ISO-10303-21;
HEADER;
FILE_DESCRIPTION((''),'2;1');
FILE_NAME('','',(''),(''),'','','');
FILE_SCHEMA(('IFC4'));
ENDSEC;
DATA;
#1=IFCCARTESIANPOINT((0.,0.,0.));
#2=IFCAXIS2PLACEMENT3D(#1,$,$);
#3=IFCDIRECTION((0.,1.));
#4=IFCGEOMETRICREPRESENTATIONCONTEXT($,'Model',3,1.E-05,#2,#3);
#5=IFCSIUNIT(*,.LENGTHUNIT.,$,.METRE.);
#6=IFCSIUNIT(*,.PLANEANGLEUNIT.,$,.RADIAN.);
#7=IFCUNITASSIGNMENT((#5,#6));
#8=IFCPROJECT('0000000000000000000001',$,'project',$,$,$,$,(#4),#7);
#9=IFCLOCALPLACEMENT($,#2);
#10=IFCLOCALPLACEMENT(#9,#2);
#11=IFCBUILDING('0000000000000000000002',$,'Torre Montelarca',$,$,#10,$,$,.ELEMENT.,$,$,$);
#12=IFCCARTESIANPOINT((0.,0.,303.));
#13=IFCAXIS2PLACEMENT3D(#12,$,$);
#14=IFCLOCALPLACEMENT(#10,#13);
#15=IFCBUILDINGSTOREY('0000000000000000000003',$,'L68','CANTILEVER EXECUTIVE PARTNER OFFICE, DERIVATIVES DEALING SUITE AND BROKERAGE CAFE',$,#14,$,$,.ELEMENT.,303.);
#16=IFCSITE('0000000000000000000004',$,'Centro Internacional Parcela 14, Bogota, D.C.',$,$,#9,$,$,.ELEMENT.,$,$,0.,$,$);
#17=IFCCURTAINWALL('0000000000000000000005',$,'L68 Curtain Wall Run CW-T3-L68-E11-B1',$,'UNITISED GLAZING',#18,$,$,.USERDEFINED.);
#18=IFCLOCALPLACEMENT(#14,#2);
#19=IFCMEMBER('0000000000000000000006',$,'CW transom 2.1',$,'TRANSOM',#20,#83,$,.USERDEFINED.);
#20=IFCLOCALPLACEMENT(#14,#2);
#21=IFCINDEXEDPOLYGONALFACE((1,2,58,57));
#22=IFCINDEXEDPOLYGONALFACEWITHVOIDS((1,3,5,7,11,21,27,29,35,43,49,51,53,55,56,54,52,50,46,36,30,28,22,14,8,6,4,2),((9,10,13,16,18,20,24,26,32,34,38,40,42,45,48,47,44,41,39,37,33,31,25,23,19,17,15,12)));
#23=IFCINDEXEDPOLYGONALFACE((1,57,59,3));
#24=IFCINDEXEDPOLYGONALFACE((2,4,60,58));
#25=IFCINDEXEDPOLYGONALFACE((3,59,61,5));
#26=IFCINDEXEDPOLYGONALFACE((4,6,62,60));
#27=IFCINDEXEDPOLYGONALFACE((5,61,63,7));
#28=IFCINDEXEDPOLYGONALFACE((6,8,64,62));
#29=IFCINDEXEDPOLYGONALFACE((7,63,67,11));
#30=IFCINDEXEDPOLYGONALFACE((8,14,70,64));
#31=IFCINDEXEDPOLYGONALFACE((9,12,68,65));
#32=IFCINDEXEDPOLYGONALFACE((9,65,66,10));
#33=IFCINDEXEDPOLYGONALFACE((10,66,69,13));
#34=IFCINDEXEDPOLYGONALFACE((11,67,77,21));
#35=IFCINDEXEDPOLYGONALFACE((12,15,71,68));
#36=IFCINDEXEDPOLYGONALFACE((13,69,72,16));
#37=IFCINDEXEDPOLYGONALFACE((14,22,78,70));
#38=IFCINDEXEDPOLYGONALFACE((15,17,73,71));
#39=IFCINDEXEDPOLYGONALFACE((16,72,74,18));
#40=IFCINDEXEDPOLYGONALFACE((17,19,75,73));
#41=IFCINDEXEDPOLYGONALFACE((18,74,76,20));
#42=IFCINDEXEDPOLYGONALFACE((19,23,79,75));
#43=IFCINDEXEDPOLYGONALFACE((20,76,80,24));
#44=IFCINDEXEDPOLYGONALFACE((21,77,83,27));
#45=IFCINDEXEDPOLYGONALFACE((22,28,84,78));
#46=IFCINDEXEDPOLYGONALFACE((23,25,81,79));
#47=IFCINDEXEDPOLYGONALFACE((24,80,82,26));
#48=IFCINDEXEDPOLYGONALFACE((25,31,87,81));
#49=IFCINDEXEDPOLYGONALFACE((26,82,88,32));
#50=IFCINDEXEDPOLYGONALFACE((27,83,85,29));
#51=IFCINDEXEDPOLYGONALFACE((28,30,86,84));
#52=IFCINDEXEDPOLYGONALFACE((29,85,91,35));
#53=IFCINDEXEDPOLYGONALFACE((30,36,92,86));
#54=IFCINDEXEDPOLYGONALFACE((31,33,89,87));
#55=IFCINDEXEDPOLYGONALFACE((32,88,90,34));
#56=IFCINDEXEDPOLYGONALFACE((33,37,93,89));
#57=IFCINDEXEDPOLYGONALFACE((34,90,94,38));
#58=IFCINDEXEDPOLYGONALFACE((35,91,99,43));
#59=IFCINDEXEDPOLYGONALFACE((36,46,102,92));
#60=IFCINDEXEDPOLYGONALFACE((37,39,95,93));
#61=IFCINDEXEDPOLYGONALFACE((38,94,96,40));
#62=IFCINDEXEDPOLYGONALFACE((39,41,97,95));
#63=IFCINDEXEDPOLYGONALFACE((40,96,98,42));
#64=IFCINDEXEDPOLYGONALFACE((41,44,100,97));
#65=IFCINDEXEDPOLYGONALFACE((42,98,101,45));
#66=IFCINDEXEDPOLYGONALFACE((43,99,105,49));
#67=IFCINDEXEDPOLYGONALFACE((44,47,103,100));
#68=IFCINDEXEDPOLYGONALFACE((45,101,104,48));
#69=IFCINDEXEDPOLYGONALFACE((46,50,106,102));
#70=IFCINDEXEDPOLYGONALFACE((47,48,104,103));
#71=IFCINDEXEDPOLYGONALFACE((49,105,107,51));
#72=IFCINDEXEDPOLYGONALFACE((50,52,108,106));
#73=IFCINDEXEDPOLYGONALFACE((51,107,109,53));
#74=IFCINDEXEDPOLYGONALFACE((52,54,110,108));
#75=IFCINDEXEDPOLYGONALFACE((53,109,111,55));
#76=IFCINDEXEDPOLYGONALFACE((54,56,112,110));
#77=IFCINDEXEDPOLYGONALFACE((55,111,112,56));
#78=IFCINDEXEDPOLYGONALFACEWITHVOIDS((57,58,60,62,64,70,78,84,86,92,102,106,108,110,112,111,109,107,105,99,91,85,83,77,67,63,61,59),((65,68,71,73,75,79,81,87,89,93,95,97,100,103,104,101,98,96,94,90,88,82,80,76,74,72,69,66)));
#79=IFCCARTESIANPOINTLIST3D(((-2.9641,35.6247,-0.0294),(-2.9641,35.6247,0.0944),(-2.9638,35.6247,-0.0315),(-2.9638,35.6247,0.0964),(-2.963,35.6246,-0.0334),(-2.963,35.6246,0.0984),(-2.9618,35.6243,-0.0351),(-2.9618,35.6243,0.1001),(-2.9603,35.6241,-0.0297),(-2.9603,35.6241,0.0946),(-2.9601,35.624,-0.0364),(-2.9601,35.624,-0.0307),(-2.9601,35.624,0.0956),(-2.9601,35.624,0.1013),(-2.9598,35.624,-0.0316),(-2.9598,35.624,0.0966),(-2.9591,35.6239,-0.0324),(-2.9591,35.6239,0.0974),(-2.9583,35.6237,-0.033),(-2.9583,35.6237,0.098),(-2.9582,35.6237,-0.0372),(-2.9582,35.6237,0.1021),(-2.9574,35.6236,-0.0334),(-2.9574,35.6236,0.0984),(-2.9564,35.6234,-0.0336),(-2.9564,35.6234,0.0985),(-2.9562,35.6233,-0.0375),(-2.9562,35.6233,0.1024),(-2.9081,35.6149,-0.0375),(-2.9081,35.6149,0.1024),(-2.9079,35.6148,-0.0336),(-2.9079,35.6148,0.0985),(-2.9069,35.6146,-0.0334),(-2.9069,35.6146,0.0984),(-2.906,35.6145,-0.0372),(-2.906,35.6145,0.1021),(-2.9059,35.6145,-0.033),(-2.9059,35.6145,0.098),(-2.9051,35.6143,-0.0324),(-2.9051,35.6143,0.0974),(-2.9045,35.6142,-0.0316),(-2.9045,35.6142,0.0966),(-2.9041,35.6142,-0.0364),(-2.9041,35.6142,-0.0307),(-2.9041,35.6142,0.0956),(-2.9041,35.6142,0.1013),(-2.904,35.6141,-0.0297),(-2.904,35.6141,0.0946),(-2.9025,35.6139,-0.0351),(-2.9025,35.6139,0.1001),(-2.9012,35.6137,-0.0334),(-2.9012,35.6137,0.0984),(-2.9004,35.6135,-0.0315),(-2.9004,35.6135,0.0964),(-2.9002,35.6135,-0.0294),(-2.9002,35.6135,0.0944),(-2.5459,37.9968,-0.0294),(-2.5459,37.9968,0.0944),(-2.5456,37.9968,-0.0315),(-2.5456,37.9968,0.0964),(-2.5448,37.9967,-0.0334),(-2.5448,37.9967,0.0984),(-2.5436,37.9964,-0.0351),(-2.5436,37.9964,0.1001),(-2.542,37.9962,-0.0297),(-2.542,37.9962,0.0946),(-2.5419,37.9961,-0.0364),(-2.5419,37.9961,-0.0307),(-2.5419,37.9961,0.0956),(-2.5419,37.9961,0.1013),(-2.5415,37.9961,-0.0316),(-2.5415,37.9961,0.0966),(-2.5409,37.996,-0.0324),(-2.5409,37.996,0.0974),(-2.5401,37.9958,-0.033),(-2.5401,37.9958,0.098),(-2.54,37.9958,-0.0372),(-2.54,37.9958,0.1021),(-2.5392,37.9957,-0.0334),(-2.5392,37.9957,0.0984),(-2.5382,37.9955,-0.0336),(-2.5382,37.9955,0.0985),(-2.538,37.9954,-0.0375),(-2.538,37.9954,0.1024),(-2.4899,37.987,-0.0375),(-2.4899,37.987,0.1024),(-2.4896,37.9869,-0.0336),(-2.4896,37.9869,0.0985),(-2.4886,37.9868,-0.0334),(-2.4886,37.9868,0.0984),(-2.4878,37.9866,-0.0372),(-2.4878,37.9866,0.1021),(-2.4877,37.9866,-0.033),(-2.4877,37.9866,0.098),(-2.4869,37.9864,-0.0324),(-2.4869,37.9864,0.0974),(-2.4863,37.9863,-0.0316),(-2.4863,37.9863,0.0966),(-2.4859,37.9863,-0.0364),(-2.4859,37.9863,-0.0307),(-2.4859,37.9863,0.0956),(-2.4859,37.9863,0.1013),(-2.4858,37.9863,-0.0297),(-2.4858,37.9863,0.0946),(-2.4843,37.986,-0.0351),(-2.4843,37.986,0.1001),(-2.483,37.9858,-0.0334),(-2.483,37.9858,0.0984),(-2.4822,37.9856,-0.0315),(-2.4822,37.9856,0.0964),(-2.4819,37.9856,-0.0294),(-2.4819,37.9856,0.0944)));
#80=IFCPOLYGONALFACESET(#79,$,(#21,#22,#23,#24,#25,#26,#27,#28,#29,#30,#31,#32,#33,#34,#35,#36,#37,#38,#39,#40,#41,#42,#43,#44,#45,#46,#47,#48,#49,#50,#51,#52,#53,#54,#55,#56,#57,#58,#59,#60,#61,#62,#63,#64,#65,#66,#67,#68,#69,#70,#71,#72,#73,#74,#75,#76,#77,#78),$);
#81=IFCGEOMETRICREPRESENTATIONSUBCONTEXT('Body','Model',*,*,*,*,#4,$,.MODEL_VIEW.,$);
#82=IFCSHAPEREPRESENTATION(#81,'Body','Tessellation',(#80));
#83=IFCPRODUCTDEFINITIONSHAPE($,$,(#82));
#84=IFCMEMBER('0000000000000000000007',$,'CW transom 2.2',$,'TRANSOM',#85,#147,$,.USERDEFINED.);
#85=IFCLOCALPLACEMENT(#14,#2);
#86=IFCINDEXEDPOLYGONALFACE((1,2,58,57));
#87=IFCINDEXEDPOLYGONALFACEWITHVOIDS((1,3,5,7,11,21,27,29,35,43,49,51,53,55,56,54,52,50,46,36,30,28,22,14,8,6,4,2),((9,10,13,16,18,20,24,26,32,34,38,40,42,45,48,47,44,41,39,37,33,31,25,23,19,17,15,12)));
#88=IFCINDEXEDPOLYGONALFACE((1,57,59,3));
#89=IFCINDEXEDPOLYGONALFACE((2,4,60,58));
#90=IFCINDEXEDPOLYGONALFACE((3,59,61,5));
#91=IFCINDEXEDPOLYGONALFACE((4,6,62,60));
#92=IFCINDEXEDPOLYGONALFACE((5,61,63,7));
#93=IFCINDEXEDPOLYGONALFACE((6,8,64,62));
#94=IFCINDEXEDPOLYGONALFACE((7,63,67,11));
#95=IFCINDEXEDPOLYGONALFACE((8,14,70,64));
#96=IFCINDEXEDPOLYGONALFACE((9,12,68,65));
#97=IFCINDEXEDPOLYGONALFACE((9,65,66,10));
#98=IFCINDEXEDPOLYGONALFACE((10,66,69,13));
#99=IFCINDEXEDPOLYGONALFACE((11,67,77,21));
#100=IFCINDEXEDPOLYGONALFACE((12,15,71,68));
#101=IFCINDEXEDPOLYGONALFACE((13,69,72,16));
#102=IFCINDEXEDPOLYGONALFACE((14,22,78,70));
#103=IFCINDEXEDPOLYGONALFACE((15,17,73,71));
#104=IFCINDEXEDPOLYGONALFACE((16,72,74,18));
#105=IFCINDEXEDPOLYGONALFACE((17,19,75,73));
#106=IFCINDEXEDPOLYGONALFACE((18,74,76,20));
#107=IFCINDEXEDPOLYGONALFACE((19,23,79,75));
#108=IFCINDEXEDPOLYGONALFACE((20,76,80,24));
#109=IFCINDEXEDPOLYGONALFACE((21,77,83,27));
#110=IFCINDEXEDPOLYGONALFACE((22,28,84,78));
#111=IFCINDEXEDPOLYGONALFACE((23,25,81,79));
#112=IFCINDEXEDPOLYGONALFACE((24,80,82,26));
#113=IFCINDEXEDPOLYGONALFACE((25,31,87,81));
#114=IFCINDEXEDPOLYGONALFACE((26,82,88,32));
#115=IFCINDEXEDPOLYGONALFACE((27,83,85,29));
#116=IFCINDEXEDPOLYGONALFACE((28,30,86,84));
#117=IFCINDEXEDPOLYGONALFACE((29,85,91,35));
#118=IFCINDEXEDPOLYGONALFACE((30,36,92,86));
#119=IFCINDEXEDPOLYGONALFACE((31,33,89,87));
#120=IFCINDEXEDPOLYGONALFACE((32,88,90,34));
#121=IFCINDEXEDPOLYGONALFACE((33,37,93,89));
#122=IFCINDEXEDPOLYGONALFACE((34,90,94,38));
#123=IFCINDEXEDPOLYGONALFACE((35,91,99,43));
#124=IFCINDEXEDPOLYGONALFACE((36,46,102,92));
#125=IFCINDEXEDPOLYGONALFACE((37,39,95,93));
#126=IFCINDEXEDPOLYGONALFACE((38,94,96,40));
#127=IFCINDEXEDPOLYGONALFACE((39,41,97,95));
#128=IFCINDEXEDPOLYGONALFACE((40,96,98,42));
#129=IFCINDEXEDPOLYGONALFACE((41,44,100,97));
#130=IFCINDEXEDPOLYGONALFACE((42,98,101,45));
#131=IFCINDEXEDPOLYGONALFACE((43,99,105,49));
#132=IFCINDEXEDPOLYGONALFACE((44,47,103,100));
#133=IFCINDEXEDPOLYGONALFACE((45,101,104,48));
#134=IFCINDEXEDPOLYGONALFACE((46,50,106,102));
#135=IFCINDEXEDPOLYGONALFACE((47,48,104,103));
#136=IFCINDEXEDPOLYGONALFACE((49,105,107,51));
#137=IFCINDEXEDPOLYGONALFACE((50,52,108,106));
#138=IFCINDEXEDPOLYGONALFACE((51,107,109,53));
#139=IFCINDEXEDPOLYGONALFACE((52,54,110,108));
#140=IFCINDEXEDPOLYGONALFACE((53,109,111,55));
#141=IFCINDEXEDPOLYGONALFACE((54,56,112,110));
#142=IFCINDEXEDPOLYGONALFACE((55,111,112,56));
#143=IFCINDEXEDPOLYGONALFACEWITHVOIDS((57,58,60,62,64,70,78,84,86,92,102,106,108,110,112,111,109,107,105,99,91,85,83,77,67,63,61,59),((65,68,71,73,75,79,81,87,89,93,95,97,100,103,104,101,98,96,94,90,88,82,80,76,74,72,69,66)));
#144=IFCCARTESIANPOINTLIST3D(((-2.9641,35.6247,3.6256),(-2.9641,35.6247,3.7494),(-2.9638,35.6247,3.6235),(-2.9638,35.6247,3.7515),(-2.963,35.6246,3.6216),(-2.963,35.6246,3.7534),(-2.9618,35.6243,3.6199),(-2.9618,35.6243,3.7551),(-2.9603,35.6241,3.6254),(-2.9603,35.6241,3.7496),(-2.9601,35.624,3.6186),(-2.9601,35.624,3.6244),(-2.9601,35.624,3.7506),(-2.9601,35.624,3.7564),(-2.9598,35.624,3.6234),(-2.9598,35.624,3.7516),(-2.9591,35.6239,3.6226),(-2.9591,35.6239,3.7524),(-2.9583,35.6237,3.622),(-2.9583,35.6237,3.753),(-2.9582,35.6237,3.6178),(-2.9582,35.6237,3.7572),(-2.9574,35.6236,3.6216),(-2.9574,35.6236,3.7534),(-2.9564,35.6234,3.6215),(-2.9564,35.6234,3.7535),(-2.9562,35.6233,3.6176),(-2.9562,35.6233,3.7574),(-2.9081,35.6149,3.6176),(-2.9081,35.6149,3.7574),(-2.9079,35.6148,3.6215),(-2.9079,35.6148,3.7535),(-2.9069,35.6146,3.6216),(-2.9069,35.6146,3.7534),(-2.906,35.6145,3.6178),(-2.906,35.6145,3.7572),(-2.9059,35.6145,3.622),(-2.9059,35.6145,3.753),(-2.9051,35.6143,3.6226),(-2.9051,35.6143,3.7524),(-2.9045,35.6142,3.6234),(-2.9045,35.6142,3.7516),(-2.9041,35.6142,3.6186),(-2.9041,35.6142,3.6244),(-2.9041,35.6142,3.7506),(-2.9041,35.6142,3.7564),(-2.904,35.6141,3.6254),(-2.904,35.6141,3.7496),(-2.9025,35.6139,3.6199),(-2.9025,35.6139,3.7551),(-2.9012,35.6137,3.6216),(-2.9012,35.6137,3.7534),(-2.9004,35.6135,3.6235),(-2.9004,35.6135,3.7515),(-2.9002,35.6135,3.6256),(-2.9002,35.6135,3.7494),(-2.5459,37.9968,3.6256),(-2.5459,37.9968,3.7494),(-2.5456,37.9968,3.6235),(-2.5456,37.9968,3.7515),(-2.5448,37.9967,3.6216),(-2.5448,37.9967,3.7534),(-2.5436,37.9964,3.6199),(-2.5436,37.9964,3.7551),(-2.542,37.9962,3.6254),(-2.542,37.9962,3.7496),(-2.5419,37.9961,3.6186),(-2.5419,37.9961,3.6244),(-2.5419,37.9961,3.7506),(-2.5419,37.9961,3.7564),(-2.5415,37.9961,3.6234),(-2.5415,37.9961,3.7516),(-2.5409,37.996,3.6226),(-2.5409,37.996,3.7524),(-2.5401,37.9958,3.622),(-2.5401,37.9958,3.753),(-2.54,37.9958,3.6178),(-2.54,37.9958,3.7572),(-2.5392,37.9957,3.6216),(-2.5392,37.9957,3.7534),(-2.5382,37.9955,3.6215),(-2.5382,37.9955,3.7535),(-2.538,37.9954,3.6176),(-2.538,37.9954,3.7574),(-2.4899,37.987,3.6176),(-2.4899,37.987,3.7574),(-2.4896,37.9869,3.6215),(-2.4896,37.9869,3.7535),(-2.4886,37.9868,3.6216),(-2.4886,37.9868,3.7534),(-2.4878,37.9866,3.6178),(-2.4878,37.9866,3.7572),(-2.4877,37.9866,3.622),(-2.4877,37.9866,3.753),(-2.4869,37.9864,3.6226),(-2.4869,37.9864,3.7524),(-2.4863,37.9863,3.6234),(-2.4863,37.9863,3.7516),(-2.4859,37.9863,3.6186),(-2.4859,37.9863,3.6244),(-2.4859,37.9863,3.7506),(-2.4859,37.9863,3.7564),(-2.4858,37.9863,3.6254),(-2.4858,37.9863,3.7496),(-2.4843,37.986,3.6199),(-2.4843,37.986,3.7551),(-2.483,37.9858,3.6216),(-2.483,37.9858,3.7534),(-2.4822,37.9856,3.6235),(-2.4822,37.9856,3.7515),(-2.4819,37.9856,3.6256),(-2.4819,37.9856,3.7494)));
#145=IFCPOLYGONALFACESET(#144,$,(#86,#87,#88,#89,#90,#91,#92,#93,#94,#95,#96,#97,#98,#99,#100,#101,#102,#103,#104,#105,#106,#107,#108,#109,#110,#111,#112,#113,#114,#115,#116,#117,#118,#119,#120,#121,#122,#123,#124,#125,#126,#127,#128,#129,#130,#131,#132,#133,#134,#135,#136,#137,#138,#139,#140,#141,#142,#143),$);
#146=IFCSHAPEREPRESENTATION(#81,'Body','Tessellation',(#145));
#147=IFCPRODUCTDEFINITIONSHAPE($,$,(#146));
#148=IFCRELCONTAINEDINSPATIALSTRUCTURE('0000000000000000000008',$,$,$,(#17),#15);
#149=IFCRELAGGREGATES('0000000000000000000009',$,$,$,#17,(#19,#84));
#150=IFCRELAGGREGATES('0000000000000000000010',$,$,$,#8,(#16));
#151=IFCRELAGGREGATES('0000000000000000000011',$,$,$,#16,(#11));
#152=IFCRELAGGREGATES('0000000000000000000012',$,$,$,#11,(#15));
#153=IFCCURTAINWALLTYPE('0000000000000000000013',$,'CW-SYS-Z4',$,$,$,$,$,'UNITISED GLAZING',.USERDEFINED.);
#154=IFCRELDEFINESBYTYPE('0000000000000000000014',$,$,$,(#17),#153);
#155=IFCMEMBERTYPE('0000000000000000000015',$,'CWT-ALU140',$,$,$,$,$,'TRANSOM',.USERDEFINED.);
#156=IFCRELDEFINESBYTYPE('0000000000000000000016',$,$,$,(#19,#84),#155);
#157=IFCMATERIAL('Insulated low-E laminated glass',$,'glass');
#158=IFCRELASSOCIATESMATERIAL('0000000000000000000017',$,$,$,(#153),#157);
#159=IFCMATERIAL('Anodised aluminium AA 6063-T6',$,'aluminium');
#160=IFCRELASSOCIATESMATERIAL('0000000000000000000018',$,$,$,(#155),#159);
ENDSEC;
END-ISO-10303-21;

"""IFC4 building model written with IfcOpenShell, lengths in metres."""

from ifc_helpers import new_model, si_unit, direction, frame, origin, origin_2d, place, context, subcontext, project, spatial, hollow_rectangle, extrude, source, transform, mapped, material, material_profile, profile_set, type_object, element, aggregate, save


model = new_model("IFC4")

# Units and contexts
model_context = context("Model", 3, precision=1e-05, world=origin(), true_north=direction((0.0, 1.0)))
body_context = subcontext(model_context, "Body", "Model", "MODEL_VIEW")
ifc_project = project(units=[si_unit("LENGTHUNIT", "METRE"), si_unit("PLANEANGLEUNIT", "RADIAN")], contexts=[model_context])

# Site, building, storey
site_placement = place(None, origin())
site = spatial("IfcSite", under=ifc_project, at=site_placement, Name="Centro Internacional Parcela 14, Bogota, D.C.", CompositionType="ELEMENT", RefElevation=0.0)
building_placement = place(site_placement, origin())
building = spatial("IfcBuilding", under=site, at=building_placement, Name="Torre Montelarca", CompositionType="ELEMENT")
storey_placement = place(building_placement, frame((0.0, 0.0, 303.0)))
storey = spatial("IfcBuildingStorey", under=building, at=storey_placement, Name="L68", Description="CANTILEVER EXECUTIVE PARTNER OFFICE, DERIVATIVES DEALING SUITE AND BROKERAGE CAFE", CompositionType="ELEMENT", Elevation=303.0)

# Curtain wall, members
ifc_material_1 = material(Name="Insulated low-E laminated glass", Category="glass")
curtain_wall_type = type_object("IfcCurtainWallType", Name="CW-SYS-Z4", ElementType="UNITISED GLAZING", PredefinedType="USERDEFINED", material=ifc_material_1)
ifc_material_2 = material(Name="Anodised aluminium AA 6063-T6", Category="aluminium")
curtain_wall_1_placement = place(storey_placement, origin())
curtain_wall_1 = element("IfcCurtainWall", 1, at=curtain_wall_1_placement, inside=storey, type_object=curtain_wall_type, Name="L68 Curtain Wall Run CW-T3-L68-E11-B1", ObjectType="UNITISED GLAZING", PredefinedType="USERDEFINED")
ifc_material_profile_1 = material_profile(ifc_material_2, hollow_rectangle(XDim=0.0649, YDim=0.1399, WallThickness=0.0039, InnerFilletRadius=0.0039, OuterFilletRadius=0.0081, at=origin_2d()), Name="ALU65X140X4", Category="aluminium")
ifc_profile_set_1 = profile_set([ifc_material_profile_1], Name="Anodised aluminium AA 6063-T6")
member_type_1 = type_object("IfcMemberType", Name="CWT-ALU140", ElementType="TRANSOM", PredefinedType="USERDEFINED", material=ifc_profile_set_1)
shared_shape_1 = source(origin(), body_context, "Body", "SweptSolid", [
    extrude(hollow_rectangle(XDim=0.0649, YDim=0.1399, WallThickness=0.0039, InnerFilletRadius=0.0039, OuterFilletRadius=0.0081, at=origin_2d()), origin(), (0.0, 0.0, 1.0), 2.4087),
])
member_1_placement = place(storey_placement, frame((-2.5139, 37.9912, 0.0325), z_axis=(-0.173629, -0.984811, 0.0), x_axis=(0.984811, -0.173629, 0.0)))
member_1 = element("IfcMember", 2, at=member_1_placement, type_object=member_type_1, Name="CW transom 2.1", ObjectType="TRANSOM", PredefinedType="USERDEFINED", context=body_context, shape_type="MappedRepresentation", body=[
    mapped(shared_shape_1, transform((0.0, 0.0, 0.0), scale=1.0)),
])
member_2_placement = place(storey_placement, frame((-2.5139, 37.9912, 3.6875), z_axis=(-0.173629, -0.984811, 0.0), x_axis=(0.984811, -0.173629, 0.0)))
member_2 = element("IfcMember", 3, at=member_2_placement, type_object=member_type_1, Name="CW transom 2.2", ObjectType="TRANSOM", PredefinedType="USERDEFINED", context=body_context, shape_type="MappedRepresentation", body=[
    mapped(shared_shape_1, transform((0.0, 0.0, 0.0), scale=1.0)),
])

aggregate(curtain_wall_1, [member_1, member_2])

save(model, "model.ifc")
